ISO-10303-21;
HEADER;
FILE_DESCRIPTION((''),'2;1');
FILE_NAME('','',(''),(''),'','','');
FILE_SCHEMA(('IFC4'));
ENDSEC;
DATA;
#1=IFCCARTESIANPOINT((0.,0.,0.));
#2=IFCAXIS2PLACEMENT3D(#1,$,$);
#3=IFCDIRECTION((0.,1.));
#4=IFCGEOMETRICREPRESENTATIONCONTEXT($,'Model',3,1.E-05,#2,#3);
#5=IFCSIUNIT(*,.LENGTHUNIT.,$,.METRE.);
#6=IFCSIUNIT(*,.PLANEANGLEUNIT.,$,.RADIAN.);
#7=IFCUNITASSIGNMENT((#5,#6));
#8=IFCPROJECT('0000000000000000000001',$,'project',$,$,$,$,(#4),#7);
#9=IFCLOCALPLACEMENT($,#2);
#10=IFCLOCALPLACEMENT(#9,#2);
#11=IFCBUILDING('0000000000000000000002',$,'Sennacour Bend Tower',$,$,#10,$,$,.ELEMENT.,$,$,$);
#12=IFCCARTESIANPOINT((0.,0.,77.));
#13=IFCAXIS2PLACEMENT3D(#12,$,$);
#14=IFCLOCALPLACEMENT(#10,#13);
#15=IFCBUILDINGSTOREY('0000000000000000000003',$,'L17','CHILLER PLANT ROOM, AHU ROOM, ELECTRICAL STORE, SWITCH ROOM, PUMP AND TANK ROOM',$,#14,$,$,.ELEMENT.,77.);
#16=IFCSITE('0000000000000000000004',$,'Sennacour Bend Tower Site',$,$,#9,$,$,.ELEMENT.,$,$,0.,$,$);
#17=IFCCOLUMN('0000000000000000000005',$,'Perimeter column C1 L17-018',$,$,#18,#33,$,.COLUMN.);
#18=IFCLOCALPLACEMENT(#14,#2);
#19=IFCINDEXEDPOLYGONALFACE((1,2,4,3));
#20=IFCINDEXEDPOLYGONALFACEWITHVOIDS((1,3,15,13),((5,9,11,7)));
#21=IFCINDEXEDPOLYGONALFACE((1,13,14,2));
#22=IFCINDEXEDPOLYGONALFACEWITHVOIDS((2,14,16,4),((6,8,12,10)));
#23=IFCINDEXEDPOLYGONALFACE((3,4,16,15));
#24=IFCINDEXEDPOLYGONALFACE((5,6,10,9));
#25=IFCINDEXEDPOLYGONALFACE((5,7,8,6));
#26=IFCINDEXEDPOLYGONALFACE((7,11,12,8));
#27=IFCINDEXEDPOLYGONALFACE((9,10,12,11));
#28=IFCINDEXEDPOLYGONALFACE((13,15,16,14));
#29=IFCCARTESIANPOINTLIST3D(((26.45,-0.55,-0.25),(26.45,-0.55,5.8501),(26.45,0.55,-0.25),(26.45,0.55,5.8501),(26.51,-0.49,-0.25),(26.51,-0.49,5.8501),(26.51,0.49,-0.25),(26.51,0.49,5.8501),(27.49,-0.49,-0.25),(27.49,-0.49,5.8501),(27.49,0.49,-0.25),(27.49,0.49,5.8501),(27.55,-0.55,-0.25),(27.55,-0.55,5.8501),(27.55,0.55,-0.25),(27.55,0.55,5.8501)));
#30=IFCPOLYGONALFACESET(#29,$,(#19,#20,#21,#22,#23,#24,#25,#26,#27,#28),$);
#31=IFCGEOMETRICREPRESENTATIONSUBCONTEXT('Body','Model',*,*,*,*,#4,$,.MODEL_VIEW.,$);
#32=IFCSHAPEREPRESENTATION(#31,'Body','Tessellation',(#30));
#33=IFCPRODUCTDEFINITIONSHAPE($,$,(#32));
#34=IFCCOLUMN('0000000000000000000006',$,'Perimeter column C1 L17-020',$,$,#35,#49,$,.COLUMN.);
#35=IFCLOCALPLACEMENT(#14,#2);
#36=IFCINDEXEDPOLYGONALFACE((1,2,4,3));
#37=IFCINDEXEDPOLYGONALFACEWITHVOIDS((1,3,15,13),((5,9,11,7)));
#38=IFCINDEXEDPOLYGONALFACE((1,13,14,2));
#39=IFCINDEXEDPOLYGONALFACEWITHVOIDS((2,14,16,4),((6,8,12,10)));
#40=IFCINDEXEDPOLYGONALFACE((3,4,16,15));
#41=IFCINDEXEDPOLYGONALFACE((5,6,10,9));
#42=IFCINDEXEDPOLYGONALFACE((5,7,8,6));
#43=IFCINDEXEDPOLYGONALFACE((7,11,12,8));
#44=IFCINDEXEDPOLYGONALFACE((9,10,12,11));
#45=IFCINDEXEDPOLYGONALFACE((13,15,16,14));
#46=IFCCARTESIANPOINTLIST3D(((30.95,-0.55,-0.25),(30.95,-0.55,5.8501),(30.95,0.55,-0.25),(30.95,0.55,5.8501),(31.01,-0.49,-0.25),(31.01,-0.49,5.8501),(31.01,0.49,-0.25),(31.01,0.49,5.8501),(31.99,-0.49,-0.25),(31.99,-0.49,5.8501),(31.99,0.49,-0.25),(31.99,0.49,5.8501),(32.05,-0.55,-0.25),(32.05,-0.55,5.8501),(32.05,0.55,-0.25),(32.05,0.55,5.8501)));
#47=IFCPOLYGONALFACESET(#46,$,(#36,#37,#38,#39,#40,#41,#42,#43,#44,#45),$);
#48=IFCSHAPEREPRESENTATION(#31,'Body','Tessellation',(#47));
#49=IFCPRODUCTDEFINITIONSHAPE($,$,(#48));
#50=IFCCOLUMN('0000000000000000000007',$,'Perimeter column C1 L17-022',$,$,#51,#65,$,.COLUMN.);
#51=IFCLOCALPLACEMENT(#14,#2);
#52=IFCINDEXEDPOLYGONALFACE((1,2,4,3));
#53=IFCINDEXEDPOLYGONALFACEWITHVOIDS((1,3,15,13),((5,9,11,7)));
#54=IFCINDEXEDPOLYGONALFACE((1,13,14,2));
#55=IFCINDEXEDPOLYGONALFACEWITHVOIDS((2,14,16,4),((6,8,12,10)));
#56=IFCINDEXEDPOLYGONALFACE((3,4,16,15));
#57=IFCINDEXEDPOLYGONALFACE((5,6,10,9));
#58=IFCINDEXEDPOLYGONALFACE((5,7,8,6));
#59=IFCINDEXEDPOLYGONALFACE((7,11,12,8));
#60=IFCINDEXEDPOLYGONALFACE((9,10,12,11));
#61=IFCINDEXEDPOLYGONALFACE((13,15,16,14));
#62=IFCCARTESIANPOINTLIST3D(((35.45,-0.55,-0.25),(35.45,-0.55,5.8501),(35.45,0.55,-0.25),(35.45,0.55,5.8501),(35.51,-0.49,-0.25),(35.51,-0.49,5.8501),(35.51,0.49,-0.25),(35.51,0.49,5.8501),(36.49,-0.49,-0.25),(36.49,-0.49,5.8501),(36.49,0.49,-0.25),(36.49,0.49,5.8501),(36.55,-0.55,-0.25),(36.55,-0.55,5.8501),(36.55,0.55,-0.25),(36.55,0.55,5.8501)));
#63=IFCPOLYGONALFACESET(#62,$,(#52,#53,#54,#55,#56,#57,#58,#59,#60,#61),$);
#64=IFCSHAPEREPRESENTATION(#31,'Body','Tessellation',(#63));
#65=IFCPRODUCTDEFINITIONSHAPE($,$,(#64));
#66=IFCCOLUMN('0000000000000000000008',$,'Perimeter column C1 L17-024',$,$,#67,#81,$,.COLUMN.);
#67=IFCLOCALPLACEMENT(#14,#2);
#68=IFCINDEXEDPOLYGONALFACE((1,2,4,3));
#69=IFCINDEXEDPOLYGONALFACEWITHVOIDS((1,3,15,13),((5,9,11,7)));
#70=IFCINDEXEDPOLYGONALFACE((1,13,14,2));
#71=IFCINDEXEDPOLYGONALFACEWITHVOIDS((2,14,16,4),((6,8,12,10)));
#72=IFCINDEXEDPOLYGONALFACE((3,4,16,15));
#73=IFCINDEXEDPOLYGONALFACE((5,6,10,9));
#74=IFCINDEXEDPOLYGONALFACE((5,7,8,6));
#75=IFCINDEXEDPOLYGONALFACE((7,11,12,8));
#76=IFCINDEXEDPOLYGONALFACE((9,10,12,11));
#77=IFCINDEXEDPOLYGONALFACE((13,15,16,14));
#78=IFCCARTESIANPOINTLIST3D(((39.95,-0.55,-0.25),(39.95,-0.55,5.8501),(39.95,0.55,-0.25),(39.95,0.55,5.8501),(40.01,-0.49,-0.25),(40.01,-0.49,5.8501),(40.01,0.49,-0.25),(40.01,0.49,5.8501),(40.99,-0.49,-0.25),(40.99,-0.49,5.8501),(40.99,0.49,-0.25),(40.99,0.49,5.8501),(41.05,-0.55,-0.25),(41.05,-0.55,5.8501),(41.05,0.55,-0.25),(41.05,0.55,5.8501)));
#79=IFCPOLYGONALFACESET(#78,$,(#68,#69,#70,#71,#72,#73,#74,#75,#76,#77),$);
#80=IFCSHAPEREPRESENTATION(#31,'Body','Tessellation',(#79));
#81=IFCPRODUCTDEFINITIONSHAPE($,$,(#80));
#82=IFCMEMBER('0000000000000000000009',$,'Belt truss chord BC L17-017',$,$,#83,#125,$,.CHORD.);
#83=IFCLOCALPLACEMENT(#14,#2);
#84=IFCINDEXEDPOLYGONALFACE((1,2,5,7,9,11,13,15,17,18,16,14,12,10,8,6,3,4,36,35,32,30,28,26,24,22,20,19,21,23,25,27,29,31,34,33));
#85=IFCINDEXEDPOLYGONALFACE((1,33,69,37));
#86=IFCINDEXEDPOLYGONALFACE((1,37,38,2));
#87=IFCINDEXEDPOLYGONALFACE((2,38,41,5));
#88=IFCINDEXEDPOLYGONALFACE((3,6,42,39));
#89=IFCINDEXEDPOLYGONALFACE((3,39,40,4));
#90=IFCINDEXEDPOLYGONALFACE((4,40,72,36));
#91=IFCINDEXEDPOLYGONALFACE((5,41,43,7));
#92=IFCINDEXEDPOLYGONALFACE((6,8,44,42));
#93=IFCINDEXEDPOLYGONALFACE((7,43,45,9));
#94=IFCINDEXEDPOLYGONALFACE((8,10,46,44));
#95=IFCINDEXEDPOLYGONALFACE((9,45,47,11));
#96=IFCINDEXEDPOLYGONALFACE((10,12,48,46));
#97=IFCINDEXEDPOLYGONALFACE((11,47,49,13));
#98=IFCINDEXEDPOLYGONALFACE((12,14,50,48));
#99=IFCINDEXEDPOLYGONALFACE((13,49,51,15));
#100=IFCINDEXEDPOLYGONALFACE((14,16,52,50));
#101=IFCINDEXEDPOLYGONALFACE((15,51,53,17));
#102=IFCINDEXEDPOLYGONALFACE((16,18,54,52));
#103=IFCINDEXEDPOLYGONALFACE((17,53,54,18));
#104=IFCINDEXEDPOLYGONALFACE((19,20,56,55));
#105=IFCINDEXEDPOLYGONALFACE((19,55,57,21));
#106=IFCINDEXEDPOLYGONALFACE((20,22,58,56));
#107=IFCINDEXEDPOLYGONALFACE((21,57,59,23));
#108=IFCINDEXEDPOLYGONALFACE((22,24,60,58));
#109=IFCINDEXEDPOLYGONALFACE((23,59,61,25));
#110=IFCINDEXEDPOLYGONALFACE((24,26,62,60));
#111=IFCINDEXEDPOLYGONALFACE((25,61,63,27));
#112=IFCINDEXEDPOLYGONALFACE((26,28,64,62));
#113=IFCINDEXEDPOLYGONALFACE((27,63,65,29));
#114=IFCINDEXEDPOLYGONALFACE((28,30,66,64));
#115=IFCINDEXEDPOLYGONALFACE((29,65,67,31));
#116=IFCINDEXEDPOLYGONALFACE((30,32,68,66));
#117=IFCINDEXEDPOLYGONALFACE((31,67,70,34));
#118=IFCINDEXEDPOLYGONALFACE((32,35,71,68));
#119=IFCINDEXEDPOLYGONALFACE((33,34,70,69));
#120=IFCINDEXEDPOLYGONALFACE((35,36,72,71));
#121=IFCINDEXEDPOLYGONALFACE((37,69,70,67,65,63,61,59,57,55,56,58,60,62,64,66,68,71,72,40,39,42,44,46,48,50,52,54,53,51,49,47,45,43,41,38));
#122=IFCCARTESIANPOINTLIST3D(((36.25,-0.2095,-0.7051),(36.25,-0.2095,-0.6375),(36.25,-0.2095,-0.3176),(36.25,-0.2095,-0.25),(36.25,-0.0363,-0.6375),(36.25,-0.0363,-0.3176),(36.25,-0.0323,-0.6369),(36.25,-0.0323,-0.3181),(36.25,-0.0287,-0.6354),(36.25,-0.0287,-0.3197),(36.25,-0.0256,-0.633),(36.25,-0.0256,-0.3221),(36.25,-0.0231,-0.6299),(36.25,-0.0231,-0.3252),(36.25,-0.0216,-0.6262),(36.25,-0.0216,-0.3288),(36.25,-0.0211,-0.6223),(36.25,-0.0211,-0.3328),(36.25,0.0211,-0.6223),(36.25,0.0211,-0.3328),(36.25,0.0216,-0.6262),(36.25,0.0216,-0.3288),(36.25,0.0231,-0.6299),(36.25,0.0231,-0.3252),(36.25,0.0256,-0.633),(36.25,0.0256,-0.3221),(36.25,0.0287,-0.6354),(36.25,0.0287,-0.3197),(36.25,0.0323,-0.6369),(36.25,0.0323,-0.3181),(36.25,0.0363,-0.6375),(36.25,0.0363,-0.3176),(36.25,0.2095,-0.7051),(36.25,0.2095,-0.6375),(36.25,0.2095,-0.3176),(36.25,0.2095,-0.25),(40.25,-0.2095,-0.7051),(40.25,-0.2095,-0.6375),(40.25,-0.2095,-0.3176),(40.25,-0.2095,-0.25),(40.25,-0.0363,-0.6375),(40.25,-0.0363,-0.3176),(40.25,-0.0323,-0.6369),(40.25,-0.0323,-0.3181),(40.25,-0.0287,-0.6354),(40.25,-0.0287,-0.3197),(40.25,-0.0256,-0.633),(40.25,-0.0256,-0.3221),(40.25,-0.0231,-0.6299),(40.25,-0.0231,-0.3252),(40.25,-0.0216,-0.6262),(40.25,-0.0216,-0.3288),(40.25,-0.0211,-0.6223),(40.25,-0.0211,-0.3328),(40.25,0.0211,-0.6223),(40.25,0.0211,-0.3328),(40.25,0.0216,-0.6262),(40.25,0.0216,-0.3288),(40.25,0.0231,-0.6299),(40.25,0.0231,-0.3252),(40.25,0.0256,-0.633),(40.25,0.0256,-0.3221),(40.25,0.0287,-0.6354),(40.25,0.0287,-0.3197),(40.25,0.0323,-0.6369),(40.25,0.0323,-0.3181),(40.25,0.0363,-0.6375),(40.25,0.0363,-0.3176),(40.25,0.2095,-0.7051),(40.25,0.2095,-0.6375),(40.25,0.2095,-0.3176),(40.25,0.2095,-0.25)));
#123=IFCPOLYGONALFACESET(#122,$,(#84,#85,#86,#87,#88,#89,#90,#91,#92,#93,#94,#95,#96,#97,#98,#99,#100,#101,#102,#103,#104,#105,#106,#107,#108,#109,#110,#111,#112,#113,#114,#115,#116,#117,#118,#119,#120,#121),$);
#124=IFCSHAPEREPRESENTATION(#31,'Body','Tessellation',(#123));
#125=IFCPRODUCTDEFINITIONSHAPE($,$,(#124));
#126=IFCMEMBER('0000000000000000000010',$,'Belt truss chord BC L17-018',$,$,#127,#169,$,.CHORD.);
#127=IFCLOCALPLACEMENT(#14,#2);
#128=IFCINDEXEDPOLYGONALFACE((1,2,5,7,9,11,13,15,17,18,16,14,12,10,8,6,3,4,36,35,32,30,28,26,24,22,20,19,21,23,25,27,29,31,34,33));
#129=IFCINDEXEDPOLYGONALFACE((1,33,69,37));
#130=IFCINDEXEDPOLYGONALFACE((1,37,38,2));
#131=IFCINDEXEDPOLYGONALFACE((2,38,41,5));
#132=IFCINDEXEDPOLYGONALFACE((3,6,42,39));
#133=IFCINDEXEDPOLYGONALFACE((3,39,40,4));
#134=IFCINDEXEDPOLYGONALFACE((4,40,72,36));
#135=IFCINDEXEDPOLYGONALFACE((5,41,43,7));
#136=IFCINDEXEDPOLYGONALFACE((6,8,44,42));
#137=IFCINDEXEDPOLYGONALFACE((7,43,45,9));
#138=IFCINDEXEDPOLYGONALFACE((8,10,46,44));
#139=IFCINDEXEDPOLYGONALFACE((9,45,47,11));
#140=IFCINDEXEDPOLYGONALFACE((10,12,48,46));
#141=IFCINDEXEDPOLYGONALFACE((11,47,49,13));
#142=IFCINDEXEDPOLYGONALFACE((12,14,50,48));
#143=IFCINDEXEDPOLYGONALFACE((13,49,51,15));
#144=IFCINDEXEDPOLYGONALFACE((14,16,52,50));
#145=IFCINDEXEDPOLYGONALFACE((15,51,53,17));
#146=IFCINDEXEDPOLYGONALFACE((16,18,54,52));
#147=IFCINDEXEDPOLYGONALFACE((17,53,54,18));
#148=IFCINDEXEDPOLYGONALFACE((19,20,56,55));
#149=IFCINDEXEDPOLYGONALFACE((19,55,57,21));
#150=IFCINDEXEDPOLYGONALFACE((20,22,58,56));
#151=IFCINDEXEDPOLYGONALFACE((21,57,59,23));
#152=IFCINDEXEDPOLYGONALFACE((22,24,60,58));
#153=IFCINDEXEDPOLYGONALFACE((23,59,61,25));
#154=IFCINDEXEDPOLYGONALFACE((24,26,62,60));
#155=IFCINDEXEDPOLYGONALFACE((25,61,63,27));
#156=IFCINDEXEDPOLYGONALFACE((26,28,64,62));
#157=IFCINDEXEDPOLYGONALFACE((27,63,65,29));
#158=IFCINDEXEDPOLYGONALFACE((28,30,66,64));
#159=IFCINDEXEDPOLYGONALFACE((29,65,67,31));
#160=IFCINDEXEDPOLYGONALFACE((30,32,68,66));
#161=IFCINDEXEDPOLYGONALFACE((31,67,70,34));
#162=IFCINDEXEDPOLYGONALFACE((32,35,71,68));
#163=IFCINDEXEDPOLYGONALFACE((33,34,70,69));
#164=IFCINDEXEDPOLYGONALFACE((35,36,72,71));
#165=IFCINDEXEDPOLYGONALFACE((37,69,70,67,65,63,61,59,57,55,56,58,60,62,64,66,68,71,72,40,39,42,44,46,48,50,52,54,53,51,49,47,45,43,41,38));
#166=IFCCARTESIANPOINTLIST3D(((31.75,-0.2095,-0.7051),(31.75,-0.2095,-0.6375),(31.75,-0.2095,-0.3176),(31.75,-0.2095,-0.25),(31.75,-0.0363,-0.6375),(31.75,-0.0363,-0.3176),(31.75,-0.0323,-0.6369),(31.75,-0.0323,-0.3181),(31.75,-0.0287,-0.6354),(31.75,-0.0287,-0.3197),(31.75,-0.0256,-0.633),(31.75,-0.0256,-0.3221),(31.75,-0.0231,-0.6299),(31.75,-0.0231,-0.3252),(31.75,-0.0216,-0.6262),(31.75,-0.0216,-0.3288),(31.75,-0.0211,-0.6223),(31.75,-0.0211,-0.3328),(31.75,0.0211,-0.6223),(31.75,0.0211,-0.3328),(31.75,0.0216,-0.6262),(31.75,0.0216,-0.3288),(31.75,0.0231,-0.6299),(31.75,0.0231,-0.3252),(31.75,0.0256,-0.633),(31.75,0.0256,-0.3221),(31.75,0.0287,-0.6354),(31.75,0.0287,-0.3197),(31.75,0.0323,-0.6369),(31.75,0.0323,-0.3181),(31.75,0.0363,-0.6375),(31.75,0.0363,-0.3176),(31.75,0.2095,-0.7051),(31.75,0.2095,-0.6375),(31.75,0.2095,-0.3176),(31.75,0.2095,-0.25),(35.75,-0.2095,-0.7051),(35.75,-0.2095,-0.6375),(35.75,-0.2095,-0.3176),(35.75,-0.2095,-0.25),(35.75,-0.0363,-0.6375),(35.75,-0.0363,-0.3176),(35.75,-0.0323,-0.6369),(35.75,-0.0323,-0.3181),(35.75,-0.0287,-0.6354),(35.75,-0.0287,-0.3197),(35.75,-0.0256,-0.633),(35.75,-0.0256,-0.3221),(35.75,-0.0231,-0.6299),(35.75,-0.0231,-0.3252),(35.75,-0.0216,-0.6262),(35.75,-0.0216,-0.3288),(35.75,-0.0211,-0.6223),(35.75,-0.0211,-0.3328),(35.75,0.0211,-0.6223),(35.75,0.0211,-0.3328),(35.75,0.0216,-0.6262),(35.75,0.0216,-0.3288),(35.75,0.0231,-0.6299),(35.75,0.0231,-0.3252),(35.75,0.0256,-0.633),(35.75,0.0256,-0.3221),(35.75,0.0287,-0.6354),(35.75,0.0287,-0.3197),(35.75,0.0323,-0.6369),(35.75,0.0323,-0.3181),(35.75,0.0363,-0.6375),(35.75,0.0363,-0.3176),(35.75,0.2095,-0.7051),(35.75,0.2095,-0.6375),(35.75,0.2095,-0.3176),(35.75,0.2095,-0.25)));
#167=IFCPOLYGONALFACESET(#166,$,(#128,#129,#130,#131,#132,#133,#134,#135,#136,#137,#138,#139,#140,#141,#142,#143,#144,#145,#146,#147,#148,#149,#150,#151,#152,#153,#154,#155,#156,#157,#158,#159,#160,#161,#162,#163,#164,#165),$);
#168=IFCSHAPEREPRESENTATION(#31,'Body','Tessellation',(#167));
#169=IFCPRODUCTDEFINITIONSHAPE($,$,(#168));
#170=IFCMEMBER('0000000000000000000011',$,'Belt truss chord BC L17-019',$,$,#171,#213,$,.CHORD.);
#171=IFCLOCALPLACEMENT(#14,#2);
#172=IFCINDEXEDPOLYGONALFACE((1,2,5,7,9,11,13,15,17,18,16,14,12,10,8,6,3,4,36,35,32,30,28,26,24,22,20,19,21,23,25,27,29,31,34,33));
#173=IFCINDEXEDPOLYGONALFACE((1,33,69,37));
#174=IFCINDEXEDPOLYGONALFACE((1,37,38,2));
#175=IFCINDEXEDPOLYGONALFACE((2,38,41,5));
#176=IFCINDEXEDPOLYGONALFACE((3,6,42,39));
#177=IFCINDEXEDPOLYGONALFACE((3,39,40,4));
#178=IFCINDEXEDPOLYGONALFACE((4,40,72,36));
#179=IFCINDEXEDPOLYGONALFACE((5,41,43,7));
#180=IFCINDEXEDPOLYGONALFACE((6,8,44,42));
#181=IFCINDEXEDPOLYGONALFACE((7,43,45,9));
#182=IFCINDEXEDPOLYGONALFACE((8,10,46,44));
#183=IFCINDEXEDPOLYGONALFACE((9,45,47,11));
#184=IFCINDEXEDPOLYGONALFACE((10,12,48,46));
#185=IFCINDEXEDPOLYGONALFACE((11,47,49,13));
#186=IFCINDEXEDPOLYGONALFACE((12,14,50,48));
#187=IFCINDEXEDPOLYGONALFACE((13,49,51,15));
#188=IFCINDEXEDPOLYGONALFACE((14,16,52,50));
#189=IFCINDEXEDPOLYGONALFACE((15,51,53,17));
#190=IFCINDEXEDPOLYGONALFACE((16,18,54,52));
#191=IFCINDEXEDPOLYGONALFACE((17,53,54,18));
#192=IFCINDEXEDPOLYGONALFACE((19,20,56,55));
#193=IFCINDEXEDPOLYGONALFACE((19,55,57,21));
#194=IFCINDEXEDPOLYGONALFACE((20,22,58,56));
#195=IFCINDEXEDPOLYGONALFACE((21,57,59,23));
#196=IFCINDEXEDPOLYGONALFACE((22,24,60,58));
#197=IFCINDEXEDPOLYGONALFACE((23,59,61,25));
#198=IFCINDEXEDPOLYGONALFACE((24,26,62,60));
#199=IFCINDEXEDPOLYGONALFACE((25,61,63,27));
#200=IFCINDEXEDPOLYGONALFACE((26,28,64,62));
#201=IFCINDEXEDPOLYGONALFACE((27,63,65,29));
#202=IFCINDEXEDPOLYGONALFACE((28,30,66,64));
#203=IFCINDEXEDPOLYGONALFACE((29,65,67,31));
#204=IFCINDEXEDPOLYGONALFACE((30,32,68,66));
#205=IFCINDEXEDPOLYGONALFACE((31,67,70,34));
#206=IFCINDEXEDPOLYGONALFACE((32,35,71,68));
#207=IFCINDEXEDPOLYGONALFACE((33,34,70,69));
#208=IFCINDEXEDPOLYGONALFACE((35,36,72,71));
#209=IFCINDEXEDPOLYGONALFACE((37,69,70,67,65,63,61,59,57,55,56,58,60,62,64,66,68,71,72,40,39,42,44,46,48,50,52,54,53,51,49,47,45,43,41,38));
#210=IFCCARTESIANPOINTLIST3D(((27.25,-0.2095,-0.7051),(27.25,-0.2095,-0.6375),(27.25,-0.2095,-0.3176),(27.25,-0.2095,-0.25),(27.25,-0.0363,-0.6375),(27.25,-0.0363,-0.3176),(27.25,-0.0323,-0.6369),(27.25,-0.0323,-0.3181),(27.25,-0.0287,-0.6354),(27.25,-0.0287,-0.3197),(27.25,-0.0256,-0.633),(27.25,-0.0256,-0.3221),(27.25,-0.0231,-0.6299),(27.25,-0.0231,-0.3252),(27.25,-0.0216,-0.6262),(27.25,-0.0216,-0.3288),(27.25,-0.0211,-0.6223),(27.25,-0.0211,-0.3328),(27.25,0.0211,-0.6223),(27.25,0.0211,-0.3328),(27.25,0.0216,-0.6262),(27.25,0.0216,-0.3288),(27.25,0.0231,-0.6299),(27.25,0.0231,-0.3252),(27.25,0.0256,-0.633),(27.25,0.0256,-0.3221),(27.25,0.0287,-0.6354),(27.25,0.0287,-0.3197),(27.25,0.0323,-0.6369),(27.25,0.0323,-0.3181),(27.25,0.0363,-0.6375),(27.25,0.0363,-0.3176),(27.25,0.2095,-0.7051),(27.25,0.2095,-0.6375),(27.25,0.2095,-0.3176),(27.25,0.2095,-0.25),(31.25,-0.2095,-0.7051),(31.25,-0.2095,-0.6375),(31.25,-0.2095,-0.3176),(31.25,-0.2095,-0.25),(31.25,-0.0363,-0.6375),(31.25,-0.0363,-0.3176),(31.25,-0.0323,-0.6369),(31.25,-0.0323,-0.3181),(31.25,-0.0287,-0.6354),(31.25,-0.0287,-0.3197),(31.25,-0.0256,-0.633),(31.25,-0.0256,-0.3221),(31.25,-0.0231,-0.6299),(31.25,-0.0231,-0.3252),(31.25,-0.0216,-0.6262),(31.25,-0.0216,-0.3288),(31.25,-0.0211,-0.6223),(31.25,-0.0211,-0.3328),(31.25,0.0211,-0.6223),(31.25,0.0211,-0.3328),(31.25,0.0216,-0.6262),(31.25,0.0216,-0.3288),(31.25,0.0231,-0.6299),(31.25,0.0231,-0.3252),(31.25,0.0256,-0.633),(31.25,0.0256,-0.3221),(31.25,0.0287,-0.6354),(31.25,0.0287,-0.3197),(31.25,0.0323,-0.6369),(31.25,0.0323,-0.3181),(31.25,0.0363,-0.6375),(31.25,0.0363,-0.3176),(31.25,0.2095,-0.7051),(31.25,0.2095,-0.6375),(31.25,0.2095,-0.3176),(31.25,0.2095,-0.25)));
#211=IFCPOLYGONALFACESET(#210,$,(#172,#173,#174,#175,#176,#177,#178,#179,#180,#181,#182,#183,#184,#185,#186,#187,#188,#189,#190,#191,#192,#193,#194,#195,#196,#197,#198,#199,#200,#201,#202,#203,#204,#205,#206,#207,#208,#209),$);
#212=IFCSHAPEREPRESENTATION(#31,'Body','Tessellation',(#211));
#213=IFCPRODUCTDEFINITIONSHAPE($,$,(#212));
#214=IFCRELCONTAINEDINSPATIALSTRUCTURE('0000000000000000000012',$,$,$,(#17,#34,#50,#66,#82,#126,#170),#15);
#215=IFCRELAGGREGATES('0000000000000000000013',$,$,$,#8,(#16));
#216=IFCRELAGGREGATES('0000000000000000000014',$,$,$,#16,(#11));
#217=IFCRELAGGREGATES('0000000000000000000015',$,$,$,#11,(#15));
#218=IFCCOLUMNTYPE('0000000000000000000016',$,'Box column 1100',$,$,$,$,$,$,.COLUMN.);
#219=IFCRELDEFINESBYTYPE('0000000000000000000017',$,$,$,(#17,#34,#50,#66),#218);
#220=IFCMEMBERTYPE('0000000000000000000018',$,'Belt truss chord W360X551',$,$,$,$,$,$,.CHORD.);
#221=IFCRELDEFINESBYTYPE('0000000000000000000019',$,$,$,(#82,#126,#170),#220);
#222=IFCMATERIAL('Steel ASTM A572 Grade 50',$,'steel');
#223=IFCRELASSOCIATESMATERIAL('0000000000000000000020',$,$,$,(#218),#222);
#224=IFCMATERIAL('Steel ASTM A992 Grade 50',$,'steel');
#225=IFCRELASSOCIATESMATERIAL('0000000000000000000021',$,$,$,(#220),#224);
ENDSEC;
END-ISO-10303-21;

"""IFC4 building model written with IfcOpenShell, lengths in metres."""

from ifc_helpers import new_model, si_unit, direction, frame, origin, origin_2d, place, context, subcontext, project, spatial, hollow_rectangle, i_section, extrude, material, material_profile, profile_set, type_object, element, save


model = new_model("IFC4")

# Units and contexts
model_context = context("Model", 3, precision=1e-05, world=origin(), true_north=direction((0.0, 1.0)))
body_context = subcontext(model_context, "Body", "Model", "MODEL_VIEW")
ifc_project = project(units=[si_unit("LENGTHUNIT", "METRE"), si_unit("PLANEANGLEUNIT", "RADIAN")], contexts=[model_context])

# Site, building, storey
site_placement = place(None, origin())
site = spatial("IfcSite", under=ifc_project, at=site_placement, Name="Sennacour Bend Tower Site", CompositionType="ELEMENT", RefElevation=0.0)
building_placement = place(site_placement, origin())
building = spatial("IfcBuilding", under=site, at=building_placement, Name="Sennacour Bend Tower", CompositionType="ELEMENT")
storey_placement = place(building_placement, frame((0.0, 0.0, 77.0)))
storey = spatial("IfcBuildingStorey", under=building, at=storey_placement, Name="L17", Description="CHILLER PLANT ROOM, AHU ROOM, ELECTRICAL STORE, SWITCH ROOM, PUMP AND TANK ROOM", CompositionType="ELEMENT", Elevation=77.0)

# Columns
ifc_material_1 = material(Name="Steel ASTM A572 Grade 50", Category="steel")
ifc_material_profile_1 = material_profile(ifc_material_1, hollow_rectangle(XDim=1.1001, YDim=1.1001, WallThickness=0.0601, at=origin_2d()), Name="Steel ASTM A572 Grade 50", Category="steel")
ifc_profile_set_1 = profile_set([ifc_material_profile_1], Name="Steel ASTM A572 Grade 50")
column_type = type_object("IfcColumnType", Name="Box column 1100", PredefinedType="COLUMN", material=ifc_profile_set_1)
for number, where, z_axis, x_axis, name in (
    (1, (27.0, 0.0, -0.25), (0.0, 0.0, 1.0), (1.0, 0.0, 0.0), "Perimeter column C1 L17-018"),
    (2, (31.5, 0.0, -0.25), (0.0, 0.0, 1.0), (1.0, 0.0, 0.0), "Perimeter column C1 L17-020"),
    (3, (36.0, 0.0, -0.25), (0.0, 0.0, 1.0), (1.0, 0.0, 0.0), "Perimeter column C1 L17-022"),
    (4, (40.5, 0.0, -0.25), (0.0, 0.0, 1.0), (1.0, 0.0, 0.0), "Perimeter column C1 L17-024"),
):
    element("IfcColumn", number, at=place(storey_placement, frame(where, z_axis=z_axis, x_axis=x_axis)), inside=storey, type_object=column_type, Name=name, PredefinedType="COLUMN", context=body_context, shape_type="SweptSolid", body=[
        extrude(hollow_rectangle(XDim=1.1001, YDim=1.1001, WallThickness=0.0601, at=origin_2d()), origin(), (0.0, 0.0, 1.0), 6.1001),
    ])

# Members
ifc_material_2 = material(Name="Steel ASTM A992 Grade 50", Category="steel")
ifc_material_profile_2 = material_profile(ifc_material_2, i_section(OverallWidth=0.4189, OverallDepth=0.4551, WebThickness=0.0422, FlangeThickness=0.0676, FilletRadius=0.0151, at=origin_2d()), Name="Steel ASTM A992 Grade 50", Category="steel")
ifc_profile_set_2 = profile_set([ifc_material_profile_2], Name="Steel ASTM A992 Grade 50")
member_type_1 = type_object("IfcMemberType", Name="Belt truss chord W360X551", PredefinedType="CHORD", material=ifc_profile_set_2)
for number, where, z_axis, x_axis, name in (
    (5, (40.25, 0.0, -0.4775), (-1.0, 0.0, 0.0), (0.0, -1.0, 0.0), "Belt truss chord BC L17-017"),
    (6, (35.75, 0.0, -0.4775), (-1.0, 0.0, 0.0), (0.0, -1.0, 0.0), "Belt truss chord BC L17-018"),
    (7, (31.25, 0.0, -0.4775), (-1.0, 0.0, 0.0), (0.0, -1.0, 0.0), "Belt truss chord BC L17-019"),
):
    element("IfcMember", number, at=place(storey_placement, frame(where, z_axis=z_axis, x_axis=x_axis)), inside=storey, type_object=member_type_1, Name=name, PredefinedType="CHORD", context=body_context, shape_type="SweptSolid", body=[
        extrude(i_section(OverallWidth=0.4189, OverallDepth=0.4551, WebThickness=0.0422, FlangeThickness=0.0676, FilletRadius=0.0151, at=origin_2d()), origin(), (0.0, 0.0, 1.0), 4.0),
    ])

save(model, "model.ifc")
